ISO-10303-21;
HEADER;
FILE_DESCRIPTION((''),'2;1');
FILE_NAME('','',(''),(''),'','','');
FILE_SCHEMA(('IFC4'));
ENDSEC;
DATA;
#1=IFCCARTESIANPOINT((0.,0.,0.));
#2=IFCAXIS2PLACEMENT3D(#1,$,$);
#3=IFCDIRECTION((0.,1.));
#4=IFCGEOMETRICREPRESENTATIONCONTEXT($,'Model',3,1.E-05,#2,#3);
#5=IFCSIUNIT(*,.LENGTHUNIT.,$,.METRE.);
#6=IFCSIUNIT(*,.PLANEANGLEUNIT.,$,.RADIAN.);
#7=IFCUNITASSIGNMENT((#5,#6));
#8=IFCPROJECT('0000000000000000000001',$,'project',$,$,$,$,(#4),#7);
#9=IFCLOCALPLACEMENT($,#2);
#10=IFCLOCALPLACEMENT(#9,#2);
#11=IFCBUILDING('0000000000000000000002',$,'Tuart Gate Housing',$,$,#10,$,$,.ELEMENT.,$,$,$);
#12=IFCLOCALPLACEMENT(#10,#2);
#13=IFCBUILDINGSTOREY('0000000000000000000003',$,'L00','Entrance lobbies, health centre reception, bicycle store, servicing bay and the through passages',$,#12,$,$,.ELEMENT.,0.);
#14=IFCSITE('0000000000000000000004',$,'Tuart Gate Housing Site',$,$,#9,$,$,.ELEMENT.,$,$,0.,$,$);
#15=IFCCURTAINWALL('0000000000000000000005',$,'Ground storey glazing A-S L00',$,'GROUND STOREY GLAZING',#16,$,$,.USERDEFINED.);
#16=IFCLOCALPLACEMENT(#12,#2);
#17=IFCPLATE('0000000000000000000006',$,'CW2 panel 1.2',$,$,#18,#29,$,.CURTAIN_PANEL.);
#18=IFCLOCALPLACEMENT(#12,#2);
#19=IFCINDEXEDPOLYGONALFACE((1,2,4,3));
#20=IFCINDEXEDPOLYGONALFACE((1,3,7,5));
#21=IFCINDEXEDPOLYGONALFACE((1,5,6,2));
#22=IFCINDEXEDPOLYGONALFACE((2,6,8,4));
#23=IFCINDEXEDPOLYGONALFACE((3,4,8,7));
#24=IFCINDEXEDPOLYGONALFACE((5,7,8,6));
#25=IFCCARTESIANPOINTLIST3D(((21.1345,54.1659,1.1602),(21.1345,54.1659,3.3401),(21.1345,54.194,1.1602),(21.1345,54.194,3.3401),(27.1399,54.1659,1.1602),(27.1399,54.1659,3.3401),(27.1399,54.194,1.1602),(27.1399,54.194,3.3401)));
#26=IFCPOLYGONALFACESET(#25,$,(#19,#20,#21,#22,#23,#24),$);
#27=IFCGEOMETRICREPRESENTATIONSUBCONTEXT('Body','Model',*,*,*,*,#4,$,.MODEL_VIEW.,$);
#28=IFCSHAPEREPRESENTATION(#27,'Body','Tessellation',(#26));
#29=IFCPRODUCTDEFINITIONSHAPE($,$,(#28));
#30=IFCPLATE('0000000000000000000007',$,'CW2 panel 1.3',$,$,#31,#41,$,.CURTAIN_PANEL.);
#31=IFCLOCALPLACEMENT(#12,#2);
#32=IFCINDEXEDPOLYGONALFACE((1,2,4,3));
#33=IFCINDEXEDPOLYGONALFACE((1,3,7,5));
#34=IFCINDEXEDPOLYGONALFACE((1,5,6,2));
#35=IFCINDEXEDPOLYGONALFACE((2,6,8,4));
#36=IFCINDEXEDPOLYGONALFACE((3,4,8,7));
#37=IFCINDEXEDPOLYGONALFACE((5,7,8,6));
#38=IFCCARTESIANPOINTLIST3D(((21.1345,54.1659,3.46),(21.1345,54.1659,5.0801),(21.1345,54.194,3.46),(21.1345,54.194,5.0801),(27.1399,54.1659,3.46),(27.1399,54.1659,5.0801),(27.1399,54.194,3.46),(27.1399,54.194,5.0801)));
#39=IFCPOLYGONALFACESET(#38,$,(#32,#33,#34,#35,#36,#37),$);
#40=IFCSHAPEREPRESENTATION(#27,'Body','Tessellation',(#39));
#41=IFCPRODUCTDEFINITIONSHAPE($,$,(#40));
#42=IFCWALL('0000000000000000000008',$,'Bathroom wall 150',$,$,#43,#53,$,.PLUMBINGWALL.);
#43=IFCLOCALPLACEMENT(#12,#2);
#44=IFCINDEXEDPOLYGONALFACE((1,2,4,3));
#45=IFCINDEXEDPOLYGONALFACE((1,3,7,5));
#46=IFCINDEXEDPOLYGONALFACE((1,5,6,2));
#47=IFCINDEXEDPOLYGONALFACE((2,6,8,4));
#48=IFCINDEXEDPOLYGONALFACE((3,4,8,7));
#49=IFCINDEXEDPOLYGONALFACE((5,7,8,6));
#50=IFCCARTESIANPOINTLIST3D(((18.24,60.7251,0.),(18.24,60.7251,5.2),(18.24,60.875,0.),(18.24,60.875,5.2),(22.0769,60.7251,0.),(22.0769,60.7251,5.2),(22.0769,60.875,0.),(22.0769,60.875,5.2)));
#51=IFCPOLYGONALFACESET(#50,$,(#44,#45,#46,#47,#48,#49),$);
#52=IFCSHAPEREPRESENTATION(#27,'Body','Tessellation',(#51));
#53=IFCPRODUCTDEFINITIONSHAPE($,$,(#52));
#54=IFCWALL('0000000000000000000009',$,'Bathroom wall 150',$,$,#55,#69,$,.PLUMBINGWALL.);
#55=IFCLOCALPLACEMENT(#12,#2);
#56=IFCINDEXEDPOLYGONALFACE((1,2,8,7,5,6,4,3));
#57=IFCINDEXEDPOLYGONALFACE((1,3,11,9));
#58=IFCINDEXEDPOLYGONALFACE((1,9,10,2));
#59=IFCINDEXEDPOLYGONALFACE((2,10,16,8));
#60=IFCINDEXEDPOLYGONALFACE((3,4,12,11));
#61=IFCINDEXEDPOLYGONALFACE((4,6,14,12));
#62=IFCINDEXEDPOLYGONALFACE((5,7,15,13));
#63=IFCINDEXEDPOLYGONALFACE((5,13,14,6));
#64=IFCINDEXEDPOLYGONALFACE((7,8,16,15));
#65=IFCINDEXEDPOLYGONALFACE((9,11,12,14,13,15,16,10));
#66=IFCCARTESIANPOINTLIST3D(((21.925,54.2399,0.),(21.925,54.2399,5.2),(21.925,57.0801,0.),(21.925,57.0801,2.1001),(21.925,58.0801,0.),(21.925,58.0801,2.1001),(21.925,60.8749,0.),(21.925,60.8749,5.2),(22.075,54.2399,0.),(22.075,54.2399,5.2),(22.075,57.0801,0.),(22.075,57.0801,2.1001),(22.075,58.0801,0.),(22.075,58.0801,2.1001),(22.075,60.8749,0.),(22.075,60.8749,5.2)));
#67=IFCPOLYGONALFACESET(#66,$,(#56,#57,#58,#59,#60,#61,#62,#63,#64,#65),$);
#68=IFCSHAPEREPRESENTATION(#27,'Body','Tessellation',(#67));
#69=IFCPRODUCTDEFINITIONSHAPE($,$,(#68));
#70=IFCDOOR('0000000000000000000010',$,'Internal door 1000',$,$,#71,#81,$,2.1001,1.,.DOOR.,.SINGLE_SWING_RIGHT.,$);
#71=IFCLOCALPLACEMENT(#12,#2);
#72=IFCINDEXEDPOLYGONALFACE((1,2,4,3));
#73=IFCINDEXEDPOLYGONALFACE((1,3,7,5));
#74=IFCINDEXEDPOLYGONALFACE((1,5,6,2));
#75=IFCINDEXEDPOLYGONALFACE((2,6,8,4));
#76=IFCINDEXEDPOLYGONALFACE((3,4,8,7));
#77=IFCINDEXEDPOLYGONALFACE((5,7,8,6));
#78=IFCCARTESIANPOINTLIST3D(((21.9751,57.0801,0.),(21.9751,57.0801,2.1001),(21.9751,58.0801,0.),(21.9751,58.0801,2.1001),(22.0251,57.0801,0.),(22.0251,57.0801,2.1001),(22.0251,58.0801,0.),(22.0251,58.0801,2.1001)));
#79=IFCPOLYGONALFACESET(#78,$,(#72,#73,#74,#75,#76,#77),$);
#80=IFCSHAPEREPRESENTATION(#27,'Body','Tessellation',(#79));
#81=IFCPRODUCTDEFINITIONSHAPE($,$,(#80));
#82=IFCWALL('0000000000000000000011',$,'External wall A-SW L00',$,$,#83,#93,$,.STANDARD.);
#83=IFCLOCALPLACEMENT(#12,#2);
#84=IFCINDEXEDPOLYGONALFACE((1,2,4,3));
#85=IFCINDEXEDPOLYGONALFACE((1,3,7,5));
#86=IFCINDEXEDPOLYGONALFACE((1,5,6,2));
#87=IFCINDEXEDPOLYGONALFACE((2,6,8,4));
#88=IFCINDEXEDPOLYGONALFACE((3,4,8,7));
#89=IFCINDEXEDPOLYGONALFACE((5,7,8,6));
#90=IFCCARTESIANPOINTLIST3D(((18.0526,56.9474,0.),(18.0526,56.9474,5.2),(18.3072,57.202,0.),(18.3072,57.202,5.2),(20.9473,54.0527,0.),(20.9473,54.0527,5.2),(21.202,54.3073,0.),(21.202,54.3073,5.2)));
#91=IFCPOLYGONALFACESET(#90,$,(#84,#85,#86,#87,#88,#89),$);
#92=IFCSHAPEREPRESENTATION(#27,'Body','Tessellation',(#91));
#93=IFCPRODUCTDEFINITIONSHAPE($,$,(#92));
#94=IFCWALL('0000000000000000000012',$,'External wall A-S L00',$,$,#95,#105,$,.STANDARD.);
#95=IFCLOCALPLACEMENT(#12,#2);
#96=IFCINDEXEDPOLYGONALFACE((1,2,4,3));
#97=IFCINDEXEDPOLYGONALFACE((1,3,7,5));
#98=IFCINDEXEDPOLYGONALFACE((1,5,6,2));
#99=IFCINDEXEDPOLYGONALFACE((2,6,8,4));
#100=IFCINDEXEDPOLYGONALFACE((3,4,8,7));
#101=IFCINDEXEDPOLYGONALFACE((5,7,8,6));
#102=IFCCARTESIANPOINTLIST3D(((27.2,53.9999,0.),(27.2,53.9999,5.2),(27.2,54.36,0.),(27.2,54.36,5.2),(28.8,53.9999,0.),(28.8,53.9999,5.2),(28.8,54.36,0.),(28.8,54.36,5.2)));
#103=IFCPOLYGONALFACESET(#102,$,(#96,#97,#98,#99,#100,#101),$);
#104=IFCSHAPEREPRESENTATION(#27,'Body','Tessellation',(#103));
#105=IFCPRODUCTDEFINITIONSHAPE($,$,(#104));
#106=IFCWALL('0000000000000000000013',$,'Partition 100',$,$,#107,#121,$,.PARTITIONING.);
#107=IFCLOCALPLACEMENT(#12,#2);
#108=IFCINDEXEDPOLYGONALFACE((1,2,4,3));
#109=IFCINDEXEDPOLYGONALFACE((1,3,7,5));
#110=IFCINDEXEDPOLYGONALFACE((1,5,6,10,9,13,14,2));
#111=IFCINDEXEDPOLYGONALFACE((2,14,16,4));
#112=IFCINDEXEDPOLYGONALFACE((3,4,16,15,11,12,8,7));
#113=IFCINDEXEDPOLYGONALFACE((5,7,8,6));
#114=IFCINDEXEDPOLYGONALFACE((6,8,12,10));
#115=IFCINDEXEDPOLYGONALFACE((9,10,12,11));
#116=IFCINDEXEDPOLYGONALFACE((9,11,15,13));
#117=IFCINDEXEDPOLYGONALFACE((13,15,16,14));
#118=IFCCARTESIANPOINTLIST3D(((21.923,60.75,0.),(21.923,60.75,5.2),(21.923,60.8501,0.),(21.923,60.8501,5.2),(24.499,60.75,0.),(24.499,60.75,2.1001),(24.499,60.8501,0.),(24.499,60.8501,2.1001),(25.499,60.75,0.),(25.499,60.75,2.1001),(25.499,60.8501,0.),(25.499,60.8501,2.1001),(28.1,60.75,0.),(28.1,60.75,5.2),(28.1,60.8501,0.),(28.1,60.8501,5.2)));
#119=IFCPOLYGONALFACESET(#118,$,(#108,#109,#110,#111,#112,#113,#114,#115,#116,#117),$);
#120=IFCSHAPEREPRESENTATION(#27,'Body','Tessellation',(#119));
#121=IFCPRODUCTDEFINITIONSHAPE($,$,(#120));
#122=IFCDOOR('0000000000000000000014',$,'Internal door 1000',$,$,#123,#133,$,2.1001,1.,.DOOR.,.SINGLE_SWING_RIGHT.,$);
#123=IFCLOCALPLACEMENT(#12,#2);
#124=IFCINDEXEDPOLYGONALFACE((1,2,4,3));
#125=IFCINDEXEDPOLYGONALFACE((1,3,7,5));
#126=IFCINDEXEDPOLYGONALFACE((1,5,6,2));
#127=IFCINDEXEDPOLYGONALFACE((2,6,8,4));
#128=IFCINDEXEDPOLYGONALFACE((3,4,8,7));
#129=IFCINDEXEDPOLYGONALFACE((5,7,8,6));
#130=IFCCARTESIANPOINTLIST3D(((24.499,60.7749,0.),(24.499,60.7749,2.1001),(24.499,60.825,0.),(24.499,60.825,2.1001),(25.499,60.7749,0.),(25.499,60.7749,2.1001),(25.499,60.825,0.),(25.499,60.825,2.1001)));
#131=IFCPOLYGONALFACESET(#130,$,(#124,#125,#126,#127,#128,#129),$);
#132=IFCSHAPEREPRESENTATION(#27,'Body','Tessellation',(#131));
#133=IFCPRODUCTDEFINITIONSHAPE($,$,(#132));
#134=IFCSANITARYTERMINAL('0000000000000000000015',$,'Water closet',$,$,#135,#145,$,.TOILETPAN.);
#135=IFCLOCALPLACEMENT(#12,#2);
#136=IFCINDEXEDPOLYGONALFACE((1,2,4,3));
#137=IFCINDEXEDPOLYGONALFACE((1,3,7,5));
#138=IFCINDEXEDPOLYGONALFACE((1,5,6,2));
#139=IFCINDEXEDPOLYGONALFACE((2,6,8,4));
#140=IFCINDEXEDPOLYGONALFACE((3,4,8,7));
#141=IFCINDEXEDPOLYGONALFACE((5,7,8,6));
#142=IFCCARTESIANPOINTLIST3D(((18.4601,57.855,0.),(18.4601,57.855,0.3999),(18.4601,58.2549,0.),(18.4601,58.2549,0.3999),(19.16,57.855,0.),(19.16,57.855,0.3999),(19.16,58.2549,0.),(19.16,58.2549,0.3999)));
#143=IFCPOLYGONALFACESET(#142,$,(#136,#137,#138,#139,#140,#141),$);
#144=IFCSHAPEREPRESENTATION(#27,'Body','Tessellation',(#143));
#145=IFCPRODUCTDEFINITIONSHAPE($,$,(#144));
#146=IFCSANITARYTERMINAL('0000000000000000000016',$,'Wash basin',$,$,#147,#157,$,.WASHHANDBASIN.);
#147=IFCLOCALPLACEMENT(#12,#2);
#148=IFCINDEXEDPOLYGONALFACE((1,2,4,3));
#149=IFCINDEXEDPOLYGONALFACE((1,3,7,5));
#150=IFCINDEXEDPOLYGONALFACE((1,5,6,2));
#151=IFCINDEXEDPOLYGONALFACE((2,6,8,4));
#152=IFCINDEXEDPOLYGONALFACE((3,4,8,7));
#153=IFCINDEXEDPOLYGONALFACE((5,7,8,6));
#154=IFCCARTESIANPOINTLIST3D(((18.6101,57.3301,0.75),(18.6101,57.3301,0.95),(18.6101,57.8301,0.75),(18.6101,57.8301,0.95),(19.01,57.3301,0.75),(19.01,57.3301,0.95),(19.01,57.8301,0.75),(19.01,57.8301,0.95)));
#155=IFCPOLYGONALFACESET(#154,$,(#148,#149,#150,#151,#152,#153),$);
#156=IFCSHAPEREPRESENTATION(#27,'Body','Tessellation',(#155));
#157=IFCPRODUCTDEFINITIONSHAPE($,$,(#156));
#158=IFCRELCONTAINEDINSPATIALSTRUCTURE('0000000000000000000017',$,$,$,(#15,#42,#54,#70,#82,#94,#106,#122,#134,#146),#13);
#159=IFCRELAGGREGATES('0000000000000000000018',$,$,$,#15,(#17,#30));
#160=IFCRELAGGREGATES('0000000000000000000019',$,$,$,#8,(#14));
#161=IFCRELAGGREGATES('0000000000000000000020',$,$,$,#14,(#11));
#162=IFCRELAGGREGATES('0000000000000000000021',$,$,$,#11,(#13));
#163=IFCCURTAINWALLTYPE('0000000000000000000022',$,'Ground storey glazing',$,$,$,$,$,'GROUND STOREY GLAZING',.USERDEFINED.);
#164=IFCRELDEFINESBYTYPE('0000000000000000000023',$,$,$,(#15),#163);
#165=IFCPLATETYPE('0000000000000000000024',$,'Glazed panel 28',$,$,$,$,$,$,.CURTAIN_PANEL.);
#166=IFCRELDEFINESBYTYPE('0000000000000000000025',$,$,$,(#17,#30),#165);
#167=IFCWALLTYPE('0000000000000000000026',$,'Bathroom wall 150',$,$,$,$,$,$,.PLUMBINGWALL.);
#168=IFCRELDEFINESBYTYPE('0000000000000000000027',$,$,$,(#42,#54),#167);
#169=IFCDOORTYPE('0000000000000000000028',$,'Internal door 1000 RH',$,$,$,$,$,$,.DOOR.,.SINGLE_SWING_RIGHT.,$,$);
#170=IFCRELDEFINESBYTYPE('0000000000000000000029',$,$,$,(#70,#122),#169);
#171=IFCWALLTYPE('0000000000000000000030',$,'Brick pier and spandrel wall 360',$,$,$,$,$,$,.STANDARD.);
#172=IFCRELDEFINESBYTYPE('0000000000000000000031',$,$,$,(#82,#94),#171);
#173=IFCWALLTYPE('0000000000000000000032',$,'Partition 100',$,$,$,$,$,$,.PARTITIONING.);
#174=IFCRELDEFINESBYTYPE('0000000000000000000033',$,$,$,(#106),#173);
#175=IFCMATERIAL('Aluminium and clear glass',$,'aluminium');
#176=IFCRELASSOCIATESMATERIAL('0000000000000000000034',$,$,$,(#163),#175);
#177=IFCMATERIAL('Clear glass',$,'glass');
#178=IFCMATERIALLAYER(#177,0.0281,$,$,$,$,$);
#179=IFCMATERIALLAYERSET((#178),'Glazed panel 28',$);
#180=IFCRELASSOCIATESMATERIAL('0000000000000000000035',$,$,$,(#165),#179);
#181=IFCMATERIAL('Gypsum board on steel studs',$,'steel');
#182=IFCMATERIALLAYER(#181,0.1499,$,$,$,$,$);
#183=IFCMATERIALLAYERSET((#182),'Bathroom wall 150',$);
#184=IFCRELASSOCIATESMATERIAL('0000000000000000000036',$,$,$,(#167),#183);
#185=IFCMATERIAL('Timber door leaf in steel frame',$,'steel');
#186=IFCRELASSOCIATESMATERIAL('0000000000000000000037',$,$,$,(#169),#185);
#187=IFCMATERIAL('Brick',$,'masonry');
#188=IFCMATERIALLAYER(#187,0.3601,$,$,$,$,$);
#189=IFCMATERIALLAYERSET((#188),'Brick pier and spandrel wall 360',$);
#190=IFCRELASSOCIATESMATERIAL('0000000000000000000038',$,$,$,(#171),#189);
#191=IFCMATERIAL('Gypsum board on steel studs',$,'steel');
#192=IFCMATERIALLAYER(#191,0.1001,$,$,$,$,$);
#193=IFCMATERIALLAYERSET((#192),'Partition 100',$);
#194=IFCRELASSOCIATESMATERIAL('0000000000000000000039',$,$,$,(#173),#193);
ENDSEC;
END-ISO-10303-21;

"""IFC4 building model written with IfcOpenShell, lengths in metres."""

from ifc_helpers import new_model, si_unit, direction, frame, frame_2d, origin, origin_2d, place, context, subcontext, project, spatial, rectangle, extrude, material, layer, layer_set, type_object, element, fill, aggregate, save


model = new_model("IFC4")

# Units and contexts
model_context = context("Model", 3, precision=1e-05, world=origin(), true_north=direction((0.0, 1.0)))
body_context = subcontext(model_context, "Body", "Model", "MODEL_VIEW")
ifc_project = project(units=[si_unit("LENGTHUNIT", "METRE"), si_unit("PLANEANGLEUNIT", "RADIAN")], contexts=[model_context])

# Site, building, storey
site_placement = place(None, origin())
site = spatial("IfcSite", under=ifc_project, at=site_placement, Name="Tuart Gate Housing Site", CompositionType="ELEMENT", RefElevation=0.0)
building_placement = place(site_placement, origin())
building = spatial("IfcBuilding", under=site, at=building_placement, Name="Tuart Gate Housing", CompositionType="ELEMENT")
storey_placement = place(building_placement, origin())
storey = spatial("IfcBuildingStorey", under=building, at=storey_placement, Name="L00", Description="Entrance lobbies, health centre reception, bicycle store, servicing bay and the through passages", CompositionType="ELEMENT", Elevation=0.0)

# Curtain wall, plates
ifc_material_1 = material(Name="Aluminium and clear glass", Category="aluminium")
curtain_wall_type = type_object("IfcCurtainWallType", Name="Ground storey glazing", ElementType="GROUND STOREY GLAZING", PredefinedType="USERDEFINED", material=ifc_material_1)
curtain_wall_placement = place(storey_placement, origin())
curtain_wall = element("IfcCurtainWall", 1, at=curtain_wall_placement, inside=storey, type_object=curtain_wall_type, Name="Ground storey glazing A-S L00", ObjectType="GROUND STOREY GLAZING", PredefinedType="USERDEFINED")
ifc_material_2 = material(Name="Clear glass", Category="glass")
ifc_layer_1 = layer(ifc_material_2, 0.0281)
ifc_layer_set_1 = layer_set([ifc_layer_1], Name="Glazed panel 28")
plate_type = type_object("IfcPlateType", Name="Glazed panel 28", PredefinedType="CURTAIN_PANEL", material=ifc_layer_set_1)
plate_1_placement = place(storey_placement, frame((24.1372, 54.1799, 1.1602), z_axis=(0.0, 0.0, 1.0), x_axis=(1.0, 0.0, 0.0)))
plate_1 = element("IfcPlate", 2, at=plate_1_placement, type_object=plate_type, Name="CW2 panel 1.2", PredefinedType="CURTAIN_PANEL", context=body_context, shape_type="SweptSolid", body=[
    extrude(rectangle(XDim=6.0054, YDim=0.0281, at=origin_2d()), origin(), (0.0, 0.0, 1.0), 2.1799),
])
plate_2_placement = place(storey_placement, frame((24.1372, 54.1799, 3.46), z_axis=(0.0, 0.0, 1.0), x_axis=(1.0, 0.0, 0.0)))
plate_2 = element("IfcPlate", 3, at=plate_2_placement, type_object=plate_type, Name="CW2 panel 1.3", PredefinedType="CURTAIN_PANEL", context=body_context, shape_type="SweptSolid", body=[
    extrude(rectangle(XDim=6.0054, YDim=0.0281, at=origin_2d()), origin(), (0.0, 0.0, 1.0), 1.6201),
])
aggregate(curtain_wall, [plate_1, plate_2])

# Wall
ifc_material_3 = material(Name="Gypsum board on steel studs", Category="steel")
ifc_layer_2 = layer(ifc_material_3, 0.1499)
ifc_layer_set_2 = layer_set([ifc_layer_2], Name="Bathroom wall 150")
wall_type_1 = type_object("IfcWallType", Name="Bathroom wall 150", PredefinedType="PLUMBINGWALL", material=ifc_layer_set_2)
wall_1_placement = place(storey_placement, frame((18.24, 60.8, 0.0), z_axis=(0.0, 0.0, 1.0), x_axis=(1.0, 0.0, 0.0)))
element("IfcWall", 4, at=wall_1_placement, inside=storey, type_object=wall_type_1, Name="Bathroom wall 150", PredefinedType="PLUMBINGWALL", context=body_context, shape_type="SweptSolid", body=[
    extrude(rectangle(XDim=3.8369, YDim=0.1499, at=frame_2d((1.9185, 0.0))), origin(), (0.0, 0.0, 1.0), 5.2),
])

# Wall, opening, door
wall_2_placement = place(storey_placement, frame((22.0, 54.24, 0.0), z_axis=(0.0, 0.0, 1.0), x_axis=(0.0, 1.0, 0.0)))
wall_2 = element("IfcWall", 5, at=wall_2_placement, inside=storey, type_object=wall_type_1, Name="Bathroom wall 150", PredefinedType="PLUMBINGWALL", context=body_context, shape_type="SweptSolid", body=[
    extrude(rectangle(XDim=6.635, YDim=0.1499, at=frame_2d((3.3174, 0.0))), origin(), (0.0, 0.0, 1.0), 5.2),
])
opening_1_placement = place(wall_2_placement, frame((2.8401, 0.0, 0.0)))
opening_1 = element("IfcOpeningElement", 6, at=opening_1_placement, cuts=wall_2, PredefinedType="OPENING", context=body_context, shape_type="SweptSolid", body=[
    extrude(rectangle(XDim=1.0, YDim=2.1001, at=frame_2d((0.5, 1.05))), frame((0.0, 0.085, 0.0), z_axis=(0.0, -1.0, 0.0), x_axis=(1.0, 0.0, 0.0)), (0.0, 0.0, 1.0), 0.1699),
])
ifc_material_4 = material(Name="Timber door leaf in steel frame", Category="steel")
door_type = type_object("IfcDoorType", Name="Internal door 1000 RH", OperationType="SINGLE_SWING_RIGHT", PredefinedType="DOOR", material=ifc_material_4)
door_1_placement = place(opening_1_placement, origin())
door_1 = element("IfcDoor", 7, at=door_1_placement, inside=storey, type_object=door_type, Name="Internal door 1000", OperationType="SINGLE_SWING_RIGHT", OverallHeight=2.1001, OverallWidth=1.0, PredefinedType="DOOR", context=body_context, shape_type="SweptSolid", body=[
    extrude(rectangle(XDim=1.0, YDim=2.1001, at=frame_2d((0.5, 1.05))), frame((0.0, 0.0249, 0.0), z_axis=(0.0, -1.0, 0.0), x_axis=(1.0, 0.0, 0.0)), (0.0, 0.0, 1.0), 0.05),
])
fill(opening_1, door_1)

# Walls
ifc_material_5 = material(Name="Brick", Category="masonry")
ifc_layer_3 = layer(ifc_material_5, 0.3601)
ifc_layer_set_3 = layer_set([ifc_layer_3], Name="Brick pier and spandrel wall 360")
wall_type_2 = type_object("IfcWallType", Name="Brick pier and spandrel wall 360", PredefinedType="STANDARD", material=ifc_layer_set_3)
wall_3_placement = place(storey_placement, frame((18.1799, 57.0747, 0.0), z_axis=(0.0, 0.0, 1.0), x_axis=(0.707107, -0.707107, 0.0)))
element("IfcWall", 8, at=wall_3_placement, inside=storey, type_object=wall_type_2, Name="External wall A-SW L00", PredefinedType="STANDARD", context=body_context, shape_type="SweptSolid", body=[
    extrude(rectangle(XDim=4.0938, YDim=0.3601, at=frame_2d((2.0469, 0.0))), origin(), (0.0, 0.0, 1.0), 5.2),
])
wall_4_placement = place(storey_placement, frame((27.2, 54.1799, 0.0), z_axis=(0.0, 0.0, 1.0), x_axis=(1.0, 0.0, 0.0)))
element("IfcWall", 9, at=wall_4_placement, inside=storey, type_object=wall_type_2, Name="External wall A-S L00", PredefinedType="STANDARD", context=body_context, shape_type="SweptSolid", body=[
    extrude(rectangle(XDim=1.6001, YDim=0.3601, at=frame_2d((0.8, 0.0))), origin(), (0.0, 0.0, 1.0), 5.2),
])

# Wall, opening, door
ifc_material_6 = material(Name="Gypsum board on steel studs", Category="steel")
ifc_layer_4 = layer(ifc_material_6, 0.1001)
ifc_layer_set_4 = layer_set([ifc_layer_4], Name="Partition 100")
wall_type_3 = type_object("IfcWallType", Name="Partition 100", PredefinedType="PARTITIONING", material=ifc_layer_set_4)
wall_5_placement = place(storey_placement, frame((21.9231, 60.8, 0.0), z_axis=(0.0, 0.0, 1.0), x_axis=(1.0, 0.0, 0.0)))
wall_5 = element("IfcWall", 10, at=wall_5_placement, inside=storey, type_object=wall_type_3, Name="Partition 100", PredefinedType="PARTITIONING", context=body_context, shape_type="SweptSolid", body=[
    extrude(rectangle(XDim=6.177, YDim=0.1001, at=frame_2d((3.0884, 0.0))), origin(), (0.0, 0.0, 1.0), 5.2),
])
opening_2_placement = place(wall_5_placement, frame((2.5759, 0.0, 0.0)))
opening_2 = element("IfcOpeningElement", 11, at=opening_2_placement, cuts=wall_5, PredefinedType="OPENING", context=body_context, shape_type="SweptSolid", body=[
    extrude(rectangle(XDim=1.0, YDim=2.1001, at=frame_2d((0.5, 1.05))), frame((0.0, 0.0601, 0.0), z_axis=(0.0, -1.0, 0.0), x_axis=(1.0, 0.0, 0.0)), (0.0, 0.0, 1.0), 0.1201),
])
door_2_placement = place(opening_2_placement, origin())
door_2 = element("IfcDoor", 12, at=door_2_placement, inside=storey, type_object=door_type, Name="Internal door 1000", OperationType="SINGLE_SWING_RIGHT", OverallHeight=2.1001, OverallWidth=1.0, PredefinedType="DOOR", context=body_context, shape_type="SweptSolid", body=[
    extrude(rectangle(XDim=1.0, YDim=2.1001, at=frame_2d((0.5, 1.05))), frame((0.0, 0.0249, 0.0), z_axis=(0.0, -1.0, 0.0), x_axis=(1.0, 0.0, 0.0)), (0.0, 0.0, 1.0), 0.05),
])
fill(opening_2, door_2)

# Sanitary terminals
sanitary_terminal_1_placement = place(storey_placement, frame((18.8101, 58.0549, 0.0), z_axis=(0.0, 0.0, 1.0), x_axis=(1.0, 0.0, 0.0)))
element("IfcSanitaryTerminal", 13, at=sanitary_terminal_1_placement, inside=storey, Name="Water closet", PredefinedType="TOILETPAN", context=body_context, shape_type="SweptSolid", body=[
    extrude(rectangle(XDim=0.7, YDim=0.3999, at=origin_2d()), origin(), (0.0, 0.0, 1.0), 0.3999),
])
sanitary_terminal_2_placement = place(storey_placement, frame((18.8101, 57.5801, 0.75), z_axis=(0.0, 0.0, 1.0), x_axis=(1.0, 0.0, 0.0)))
element("IfcSanitaryTerminal", 14, at=sanitary_terminal_2_placement, inside=storey, Name="Wash basin", PredefinedType="WASHHANDBASIN", context=body_context, shape_type="SweptSolid", body=[
    extrude(rectangle(XDim=0.3999, YDim=0.5, at=origin_2d()), origin(), (0.0, 0.0, 1.0), 0.2),
])

save(model, "model.ifc")
